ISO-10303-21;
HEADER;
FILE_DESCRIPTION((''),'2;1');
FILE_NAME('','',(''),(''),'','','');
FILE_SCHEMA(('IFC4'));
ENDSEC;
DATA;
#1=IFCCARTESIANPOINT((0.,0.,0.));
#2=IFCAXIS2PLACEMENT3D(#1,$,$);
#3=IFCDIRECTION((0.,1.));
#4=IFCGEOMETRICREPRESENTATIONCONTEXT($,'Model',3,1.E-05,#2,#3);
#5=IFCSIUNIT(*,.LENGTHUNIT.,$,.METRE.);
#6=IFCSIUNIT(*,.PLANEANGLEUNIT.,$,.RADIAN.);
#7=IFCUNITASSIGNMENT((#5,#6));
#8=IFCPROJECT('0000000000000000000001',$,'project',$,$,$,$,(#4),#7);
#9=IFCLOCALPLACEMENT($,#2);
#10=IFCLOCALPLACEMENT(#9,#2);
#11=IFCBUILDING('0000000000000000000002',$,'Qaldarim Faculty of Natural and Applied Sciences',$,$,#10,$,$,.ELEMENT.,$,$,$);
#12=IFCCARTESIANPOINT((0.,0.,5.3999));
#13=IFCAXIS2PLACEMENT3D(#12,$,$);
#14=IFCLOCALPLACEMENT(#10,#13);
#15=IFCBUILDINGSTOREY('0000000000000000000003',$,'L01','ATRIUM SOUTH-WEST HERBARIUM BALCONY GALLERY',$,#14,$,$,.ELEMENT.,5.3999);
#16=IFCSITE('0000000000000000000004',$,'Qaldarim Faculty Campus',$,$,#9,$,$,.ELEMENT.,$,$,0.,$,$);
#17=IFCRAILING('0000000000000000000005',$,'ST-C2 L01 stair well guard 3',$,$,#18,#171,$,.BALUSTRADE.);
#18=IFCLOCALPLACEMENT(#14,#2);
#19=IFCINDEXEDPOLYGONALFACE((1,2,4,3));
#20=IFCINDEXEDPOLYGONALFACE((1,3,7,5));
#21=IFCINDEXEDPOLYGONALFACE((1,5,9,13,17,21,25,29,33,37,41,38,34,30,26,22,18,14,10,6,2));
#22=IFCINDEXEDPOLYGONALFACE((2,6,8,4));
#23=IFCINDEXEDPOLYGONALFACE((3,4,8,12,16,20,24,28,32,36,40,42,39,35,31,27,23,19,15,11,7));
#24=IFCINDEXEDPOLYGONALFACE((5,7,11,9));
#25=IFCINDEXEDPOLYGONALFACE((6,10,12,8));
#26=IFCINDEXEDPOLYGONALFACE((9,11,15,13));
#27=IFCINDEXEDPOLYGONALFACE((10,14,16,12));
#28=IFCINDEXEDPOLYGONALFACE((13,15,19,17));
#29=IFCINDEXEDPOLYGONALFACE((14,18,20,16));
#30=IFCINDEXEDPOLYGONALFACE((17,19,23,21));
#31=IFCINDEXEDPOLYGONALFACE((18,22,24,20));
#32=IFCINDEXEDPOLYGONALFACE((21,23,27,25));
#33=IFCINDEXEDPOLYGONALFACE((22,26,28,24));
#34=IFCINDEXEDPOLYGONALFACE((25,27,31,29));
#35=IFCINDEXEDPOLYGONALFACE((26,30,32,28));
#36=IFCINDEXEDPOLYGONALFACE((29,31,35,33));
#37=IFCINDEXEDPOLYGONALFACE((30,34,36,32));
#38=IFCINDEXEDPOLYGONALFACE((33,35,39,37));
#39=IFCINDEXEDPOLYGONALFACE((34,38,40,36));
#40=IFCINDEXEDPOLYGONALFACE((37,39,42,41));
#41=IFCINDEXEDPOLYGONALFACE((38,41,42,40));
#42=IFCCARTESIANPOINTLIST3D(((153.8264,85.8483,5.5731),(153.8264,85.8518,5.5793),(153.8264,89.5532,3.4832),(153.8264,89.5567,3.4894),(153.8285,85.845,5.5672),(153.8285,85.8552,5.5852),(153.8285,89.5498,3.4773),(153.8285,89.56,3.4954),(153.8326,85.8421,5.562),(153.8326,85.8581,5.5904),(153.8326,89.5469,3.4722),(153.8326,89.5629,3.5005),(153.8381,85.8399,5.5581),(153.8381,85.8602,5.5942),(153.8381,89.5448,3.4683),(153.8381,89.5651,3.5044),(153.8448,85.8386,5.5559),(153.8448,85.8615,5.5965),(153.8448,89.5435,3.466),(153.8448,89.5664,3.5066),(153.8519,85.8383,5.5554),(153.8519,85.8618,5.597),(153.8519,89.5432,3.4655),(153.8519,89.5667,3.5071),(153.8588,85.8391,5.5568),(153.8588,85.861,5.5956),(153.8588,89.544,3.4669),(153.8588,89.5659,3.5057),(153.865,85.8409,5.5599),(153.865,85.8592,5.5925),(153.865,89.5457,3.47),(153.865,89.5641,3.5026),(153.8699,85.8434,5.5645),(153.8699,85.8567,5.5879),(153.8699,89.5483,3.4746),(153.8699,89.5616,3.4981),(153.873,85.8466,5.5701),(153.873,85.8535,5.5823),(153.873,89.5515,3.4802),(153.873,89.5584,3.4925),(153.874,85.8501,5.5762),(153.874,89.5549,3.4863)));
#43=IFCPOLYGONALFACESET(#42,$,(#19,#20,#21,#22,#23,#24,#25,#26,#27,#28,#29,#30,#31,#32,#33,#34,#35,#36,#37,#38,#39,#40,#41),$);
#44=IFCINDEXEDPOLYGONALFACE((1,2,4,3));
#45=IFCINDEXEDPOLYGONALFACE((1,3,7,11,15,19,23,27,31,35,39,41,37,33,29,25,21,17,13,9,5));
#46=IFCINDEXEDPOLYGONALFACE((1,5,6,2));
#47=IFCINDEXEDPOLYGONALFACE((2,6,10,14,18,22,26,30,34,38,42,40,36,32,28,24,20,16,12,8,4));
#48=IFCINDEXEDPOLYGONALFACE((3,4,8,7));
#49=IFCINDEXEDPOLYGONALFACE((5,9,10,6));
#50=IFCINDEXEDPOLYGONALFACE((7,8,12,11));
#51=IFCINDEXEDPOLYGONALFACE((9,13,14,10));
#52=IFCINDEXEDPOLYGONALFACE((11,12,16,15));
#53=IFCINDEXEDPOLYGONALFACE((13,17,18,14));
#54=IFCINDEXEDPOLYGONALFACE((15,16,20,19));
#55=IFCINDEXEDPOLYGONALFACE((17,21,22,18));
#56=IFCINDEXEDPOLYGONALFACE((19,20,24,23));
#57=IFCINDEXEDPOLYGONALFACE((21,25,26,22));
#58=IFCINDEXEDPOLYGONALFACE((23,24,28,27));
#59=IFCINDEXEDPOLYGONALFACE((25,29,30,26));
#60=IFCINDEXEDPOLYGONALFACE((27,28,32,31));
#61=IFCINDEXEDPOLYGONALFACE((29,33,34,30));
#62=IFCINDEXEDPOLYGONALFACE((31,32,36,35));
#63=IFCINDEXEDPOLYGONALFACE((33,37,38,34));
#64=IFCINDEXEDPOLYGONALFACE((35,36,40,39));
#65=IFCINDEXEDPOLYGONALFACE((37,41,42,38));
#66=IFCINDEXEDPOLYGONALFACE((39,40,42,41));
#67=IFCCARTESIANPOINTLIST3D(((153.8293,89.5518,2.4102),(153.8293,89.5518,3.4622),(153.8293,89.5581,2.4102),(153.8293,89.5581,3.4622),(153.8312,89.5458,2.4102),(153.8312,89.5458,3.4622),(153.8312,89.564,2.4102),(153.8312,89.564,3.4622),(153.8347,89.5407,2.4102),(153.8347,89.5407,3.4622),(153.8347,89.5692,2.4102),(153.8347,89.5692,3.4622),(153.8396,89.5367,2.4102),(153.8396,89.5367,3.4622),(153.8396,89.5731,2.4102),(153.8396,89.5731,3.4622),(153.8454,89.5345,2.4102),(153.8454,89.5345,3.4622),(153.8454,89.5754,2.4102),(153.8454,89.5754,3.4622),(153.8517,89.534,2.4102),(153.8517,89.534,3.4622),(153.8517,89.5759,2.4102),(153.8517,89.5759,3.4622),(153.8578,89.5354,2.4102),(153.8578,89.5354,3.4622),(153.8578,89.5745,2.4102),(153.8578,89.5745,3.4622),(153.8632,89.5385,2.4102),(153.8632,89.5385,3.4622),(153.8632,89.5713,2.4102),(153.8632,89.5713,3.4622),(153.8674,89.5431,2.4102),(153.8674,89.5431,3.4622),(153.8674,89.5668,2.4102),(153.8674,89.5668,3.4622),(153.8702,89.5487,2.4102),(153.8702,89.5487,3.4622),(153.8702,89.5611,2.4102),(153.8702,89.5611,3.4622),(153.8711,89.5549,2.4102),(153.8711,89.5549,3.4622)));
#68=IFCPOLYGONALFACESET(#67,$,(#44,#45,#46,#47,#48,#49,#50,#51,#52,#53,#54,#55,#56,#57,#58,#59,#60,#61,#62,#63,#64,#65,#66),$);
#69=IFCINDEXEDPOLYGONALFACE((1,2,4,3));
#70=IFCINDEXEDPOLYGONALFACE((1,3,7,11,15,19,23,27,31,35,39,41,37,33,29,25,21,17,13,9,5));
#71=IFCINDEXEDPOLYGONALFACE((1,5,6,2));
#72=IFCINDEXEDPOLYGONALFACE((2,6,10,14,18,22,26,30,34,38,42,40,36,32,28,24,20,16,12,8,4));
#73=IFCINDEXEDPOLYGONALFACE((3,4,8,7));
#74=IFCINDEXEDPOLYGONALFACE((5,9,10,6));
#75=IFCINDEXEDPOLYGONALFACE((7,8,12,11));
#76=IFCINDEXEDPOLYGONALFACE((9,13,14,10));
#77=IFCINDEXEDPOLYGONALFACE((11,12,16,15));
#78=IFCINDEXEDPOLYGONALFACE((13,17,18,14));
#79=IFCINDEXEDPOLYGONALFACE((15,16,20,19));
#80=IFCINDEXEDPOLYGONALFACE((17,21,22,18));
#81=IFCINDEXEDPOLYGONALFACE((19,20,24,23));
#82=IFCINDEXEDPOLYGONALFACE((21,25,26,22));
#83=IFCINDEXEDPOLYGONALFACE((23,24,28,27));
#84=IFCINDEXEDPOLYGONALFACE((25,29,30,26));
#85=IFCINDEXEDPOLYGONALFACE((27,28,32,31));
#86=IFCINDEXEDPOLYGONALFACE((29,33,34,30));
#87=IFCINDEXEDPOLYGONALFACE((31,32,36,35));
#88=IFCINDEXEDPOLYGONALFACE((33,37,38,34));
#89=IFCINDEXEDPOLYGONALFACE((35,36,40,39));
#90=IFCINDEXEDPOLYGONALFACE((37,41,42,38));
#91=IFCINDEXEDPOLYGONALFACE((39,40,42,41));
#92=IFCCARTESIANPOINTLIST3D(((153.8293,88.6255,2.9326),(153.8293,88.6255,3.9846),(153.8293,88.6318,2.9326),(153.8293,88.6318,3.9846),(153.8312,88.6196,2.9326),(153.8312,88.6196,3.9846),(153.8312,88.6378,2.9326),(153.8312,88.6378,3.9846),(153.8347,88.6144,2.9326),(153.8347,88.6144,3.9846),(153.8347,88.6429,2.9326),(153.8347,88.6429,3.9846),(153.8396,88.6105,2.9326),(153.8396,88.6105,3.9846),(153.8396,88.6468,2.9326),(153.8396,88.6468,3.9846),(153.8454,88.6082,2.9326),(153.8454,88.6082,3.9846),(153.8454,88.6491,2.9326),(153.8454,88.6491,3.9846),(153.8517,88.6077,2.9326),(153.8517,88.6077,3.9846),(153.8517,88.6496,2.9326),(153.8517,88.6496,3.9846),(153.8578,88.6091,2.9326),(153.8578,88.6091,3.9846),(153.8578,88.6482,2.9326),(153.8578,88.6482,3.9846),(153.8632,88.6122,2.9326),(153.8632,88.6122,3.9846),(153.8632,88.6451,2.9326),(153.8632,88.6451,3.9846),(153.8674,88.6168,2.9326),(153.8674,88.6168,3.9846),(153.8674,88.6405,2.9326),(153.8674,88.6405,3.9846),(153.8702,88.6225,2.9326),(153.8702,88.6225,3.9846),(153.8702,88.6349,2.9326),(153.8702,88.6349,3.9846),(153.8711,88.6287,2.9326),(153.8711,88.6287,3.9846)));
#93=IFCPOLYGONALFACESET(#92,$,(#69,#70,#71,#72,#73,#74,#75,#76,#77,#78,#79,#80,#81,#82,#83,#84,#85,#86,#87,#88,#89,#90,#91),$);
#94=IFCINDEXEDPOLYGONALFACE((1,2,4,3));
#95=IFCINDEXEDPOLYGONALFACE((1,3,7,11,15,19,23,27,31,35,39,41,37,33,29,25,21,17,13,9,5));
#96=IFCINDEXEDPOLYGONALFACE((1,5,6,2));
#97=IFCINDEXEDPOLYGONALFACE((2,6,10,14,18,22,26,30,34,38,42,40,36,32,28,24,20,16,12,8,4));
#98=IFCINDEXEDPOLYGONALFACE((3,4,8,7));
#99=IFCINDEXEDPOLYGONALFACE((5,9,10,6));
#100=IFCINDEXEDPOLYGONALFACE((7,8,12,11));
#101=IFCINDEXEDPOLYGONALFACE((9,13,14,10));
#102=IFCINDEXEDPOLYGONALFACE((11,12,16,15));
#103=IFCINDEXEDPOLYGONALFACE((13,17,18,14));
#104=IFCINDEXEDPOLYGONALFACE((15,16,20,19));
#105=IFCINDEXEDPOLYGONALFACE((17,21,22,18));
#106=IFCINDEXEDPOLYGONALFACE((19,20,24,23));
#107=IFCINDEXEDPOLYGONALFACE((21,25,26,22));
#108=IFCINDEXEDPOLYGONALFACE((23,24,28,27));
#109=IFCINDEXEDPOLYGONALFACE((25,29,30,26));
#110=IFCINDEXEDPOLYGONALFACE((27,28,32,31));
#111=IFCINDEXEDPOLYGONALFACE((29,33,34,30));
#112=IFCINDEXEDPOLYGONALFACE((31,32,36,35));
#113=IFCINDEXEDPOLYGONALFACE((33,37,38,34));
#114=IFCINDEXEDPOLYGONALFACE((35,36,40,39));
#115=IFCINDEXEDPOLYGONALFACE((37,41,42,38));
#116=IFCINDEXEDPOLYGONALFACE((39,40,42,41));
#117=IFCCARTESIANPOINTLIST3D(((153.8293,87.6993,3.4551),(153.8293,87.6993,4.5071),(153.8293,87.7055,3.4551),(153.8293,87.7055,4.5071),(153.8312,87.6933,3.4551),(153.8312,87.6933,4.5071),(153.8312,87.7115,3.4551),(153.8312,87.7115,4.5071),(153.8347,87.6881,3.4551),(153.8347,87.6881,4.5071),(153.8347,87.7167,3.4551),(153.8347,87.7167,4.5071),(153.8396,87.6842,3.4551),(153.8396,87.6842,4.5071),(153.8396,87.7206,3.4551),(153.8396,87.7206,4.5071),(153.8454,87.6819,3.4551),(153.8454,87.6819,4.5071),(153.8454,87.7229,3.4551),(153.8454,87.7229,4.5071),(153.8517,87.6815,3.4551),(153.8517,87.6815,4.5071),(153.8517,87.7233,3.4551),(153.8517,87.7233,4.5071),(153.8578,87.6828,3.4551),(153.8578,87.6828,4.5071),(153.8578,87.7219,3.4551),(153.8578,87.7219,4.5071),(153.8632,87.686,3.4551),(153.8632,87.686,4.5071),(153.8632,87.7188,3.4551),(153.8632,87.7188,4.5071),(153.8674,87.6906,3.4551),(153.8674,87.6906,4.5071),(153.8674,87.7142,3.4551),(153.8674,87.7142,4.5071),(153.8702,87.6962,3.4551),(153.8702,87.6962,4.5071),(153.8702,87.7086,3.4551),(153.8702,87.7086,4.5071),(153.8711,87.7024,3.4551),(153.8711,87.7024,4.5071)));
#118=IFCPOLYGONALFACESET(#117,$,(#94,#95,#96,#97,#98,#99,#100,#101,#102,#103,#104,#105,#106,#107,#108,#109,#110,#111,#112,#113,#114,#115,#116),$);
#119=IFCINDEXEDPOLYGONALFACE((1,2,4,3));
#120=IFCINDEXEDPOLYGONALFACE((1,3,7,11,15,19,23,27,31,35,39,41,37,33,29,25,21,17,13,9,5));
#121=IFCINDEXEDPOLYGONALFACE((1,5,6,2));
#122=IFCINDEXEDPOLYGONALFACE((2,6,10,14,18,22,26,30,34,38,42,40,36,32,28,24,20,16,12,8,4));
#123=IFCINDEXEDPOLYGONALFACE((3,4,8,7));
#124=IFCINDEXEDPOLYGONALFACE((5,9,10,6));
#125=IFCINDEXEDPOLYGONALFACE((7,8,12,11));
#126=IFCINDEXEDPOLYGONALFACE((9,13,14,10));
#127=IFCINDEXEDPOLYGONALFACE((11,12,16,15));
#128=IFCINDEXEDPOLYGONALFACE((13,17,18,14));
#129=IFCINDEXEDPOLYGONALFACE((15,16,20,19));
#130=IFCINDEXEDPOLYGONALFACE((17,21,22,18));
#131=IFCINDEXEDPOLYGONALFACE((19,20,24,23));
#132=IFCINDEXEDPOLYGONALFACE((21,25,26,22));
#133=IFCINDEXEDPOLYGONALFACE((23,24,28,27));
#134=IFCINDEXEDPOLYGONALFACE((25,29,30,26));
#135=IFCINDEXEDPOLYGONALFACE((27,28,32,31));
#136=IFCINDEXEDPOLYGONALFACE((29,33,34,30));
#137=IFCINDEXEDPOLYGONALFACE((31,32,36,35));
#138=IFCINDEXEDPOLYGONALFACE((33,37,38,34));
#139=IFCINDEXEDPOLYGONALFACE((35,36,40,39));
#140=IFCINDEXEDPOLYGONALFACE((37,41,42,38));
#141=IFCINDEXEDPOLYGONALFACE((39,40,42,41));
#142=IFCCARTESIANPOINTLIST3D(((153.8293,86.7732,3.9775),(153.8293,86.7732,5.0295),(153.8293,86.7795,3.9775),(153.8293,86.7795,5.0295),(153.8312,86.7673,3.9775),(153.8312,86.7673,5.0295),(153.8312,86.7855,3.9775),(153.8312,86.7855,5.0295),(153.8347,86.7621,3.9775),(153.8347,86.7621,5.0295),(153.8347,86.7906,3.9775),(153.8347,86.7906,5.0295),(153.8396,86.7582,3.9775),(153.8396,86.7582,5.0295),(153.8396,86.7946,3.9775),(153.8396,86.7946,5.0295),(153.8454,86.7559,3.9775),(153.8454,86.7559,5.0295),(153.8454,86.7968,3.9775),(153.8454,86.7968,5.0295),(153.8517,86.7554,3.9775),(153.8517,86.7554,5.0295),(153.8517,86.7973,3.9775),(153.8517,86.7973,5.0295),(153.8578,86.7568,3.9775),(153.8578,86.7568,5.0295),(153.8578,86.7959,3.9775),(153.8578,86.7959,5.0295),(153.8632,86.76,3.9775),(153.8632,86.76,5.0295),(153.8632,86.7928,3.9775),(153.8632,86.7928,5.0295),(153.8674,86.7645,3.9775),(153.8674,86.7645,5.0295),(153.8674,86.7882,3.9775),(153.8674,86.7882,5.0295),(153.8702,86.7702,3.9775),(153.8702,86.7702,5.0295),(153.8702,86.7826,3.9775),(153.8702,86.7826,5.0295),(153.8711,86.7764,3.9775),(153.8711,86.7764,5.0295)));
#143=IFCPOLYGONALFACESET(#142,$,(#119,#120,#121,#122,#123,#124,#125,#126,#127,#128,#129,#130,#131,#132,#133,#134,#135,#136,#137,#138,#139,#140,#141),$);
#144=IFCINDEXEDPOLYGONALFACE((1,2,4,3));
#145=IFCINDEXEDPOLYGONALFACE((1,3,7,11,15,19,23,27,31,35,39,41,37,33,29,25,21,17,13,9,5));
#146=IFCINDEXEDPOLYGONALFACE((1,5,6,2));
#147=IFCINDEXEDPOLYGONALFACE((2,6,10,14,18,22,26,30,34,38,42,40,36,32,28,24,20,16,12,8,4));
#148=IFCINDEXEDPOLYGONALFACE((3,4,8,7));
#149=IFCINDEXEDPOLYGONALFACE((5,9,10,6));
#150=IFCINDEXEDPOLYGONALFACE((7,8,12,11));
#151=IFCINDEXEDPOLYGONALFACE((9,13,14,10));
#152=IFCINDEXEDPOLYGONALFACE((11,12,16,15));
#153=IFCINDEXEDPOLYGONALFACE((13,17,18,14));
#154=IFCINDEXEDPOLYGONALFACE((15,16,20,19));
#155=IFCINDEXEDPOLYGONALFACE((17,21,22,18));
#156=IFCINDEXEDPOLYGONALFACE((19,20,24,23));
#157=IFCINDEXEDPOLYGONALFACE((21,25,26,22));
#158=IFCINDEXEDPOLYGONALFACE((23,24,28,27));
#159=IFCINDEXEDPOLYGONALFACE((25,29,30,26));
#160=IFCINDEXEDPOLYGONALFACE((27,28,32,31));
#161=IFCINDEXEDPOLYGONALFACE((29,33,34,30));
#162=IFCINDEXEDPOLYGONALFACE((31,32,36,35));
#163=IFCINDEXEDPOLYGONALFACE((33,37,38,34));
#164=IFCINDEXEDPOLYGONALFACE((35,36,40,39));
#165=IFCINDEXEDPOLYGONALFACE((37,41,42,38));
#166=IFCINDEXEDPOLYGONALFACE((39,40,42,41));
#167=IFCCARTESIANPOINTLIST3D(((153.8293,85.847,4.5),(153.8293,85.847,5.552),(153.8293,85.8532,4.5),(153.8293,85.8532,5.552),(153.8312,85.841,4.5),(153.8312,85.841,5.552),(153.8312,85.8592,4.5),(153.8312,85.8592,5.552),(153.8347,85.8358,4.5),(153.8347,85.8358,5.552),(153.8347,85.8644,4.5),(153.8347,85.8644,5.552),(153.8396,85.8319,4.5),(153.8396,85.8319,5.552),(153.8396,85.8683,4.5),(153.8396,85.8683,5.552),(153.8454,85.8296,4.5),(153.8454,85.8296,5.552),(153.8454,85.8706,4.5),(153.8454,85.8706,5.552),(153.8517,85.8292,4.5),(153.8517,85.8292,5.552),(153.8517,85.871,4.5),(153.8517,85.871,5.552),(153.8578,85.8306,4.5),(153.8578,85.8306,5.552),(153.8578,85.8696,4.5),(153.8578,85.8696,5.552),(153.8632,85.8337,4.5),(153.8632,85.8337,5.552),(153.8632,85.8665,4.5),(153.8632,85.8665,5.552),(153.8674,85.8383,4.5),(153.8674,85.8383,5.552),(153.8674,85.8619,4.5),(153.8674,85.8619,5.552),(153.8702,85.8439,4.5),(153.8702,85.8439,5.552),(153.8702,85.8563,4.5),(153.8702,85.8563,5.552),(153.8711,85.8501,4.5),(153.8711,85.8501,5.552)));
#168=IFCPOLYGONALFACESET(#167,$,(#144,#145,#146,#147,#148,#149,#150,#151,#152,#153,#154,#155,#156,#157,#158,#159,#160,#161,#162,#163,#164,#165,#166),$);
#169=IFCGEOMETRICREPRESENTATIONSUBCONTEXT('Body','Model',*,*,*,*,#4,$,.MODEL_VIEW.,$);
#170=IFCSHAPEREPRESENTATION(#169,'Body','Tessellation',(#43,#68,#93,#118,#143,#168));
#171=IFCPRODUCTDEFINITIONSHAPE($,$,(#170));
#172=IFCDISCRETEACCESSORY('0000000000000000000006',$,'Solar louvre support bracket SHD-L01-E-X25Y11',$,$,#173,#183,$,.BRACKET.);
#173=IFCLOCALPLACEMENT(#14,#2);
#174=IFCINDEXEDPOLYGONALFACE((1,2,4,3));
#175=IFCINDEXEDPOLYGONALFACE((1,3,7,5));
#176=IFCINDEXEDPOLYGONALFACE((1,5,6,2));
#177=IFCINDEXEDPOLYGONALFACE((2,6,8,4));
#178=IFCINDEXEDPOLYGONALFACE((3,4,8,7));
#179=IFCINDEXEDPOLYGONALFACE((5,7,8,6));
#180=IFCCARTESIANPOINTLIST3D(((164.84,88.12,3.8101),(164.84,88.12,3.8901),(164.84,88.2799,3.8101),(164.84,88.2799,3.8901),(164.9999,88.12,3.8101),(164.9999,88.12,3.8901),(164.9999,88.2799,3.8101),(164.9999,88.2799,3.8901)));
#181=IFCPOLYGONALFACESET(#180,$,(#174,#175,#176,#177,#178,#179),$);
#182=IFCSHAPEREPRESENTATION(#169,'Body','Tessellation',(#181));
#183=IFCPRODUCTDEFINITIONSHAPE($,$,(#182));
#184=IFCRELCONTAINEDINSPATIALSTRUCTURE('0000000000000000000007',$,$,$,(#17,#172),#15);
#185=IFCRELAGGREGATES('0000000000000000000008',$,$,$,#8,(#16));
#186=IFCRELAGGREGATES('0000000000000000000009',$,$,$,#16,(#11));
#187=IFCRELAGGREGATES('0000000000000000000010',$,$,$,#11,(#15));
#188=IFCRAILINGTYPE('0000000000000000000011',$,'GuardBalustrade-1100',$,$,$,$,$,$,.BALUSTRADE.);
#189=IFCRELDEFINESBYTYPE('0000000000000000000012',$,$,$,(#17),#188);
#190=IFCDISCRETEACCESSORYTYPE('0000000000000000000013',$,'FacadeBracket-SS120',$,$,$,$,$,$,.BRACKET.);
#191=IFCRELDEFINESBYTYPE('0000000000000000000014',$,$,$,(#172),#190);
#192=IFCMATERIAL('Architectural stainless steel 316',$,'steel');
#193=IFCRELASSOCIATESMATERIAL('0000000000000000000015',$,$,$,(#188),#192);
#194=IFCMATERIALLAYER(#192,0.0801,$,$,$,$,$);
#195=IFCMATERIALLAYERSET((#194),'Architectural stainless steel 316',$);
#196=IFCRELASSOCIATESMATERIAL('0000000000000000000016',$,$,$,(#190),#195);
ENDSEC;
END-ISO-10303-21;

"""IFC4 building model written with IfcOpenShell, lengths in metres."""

from ifc_helpers import new_model, si_unit, direction, frame, origin, origin_2d, place, context, subcontext, project, spatial, rectangle, circle, extrude, material, layer, layer_set, type_object, element, save


model = new_model("IFC4")

# Units and contexts
model_context = context("Model", 3, precision=1e-05, world=origin(), true_north=direction((0.0, 1.0)))
body_context = subcontext(model_context, "Body", "Model", "MODEL_VIEW")
ifc_project = project(units=[si_unit("LENGTHUNIT", "METRE"), si_unit("PLANEANGLEUNIT", "RADIAN")], contexts=[model_context])

# Site, building, storey
site_placement = place(None, origin())
site = spatial("IfcSite", under=ifc_project, at=site_placement, Name="Qaldarim Faculty Campus", CompositionType="ELEMENT", RefElevation=0.0)
building_placement = place(site_placement, origin())
building = spatial("IfcBuilding", under=site, at=building_placement, Name="Qaldarim Faculty of Natural and Applied Sciences", CompositionType="ELEMENT")
storey_placement = place(building_placement, frame((0.0, 0.0, 5.3999)))
storey = spatial("IfcBuildingStorey", under=building, at=storey_placement, Name="L01", Description="ATRIUM SOUTH-WEST HERBARIUM BALCONY GALLERY", CompositionType="ELEMENT", Elevation=5.3999)

# Railing
ifc_material_1 = material(Name="Architectural stainless steel 316", Category="steel")
railing_type = type_object("IfcRailingType", Name="GuardBalustrade-1100", PredefinedType="BALUSTRADE", material=ifc_material_1)
railing_1_placement = place(storey_placement, frame((153.8501, 89.5549, 2.4102)))
element("IfcRailing", 1, at=railing_1_placement, inside=storey, type_object=railing_type, Name="ST-C2 L01 stair well guard 3", PredefinedType="BALUSTRADE", context=body_context, shape_type="SweptSolid", body=[
    extrude(circle(Radius=0.0239, at=origin_2d()), frame((0.0, 0.0, 1.0762), z_axis=(0.0, -0.870985, 0.49131), x_axis=(1.0, 0.0, 0.0)), (0.0, 0.0, 1.0), 4.2537),
    extrude(circle(Radius=0.021, at=origin_2d()), origin(), (0.0, 0.0, 1.0), 1.052),
    extrude(circle(Radius=0.021, at=origin_2d()), frame((0.0, -0.9263, 0.5225)), (0.0, 0.0, 1.0), 1.052),
    extrude(circle(Radius=0.021, at=origin_2d()), frame((0.0, -1.8525, 1.0449)), (0.0, 0.0, 1.0), 1.052),
    extrude(circle(Radius=0.021, at=origin_2d()), frame((0.0, -2.7786, 1.5674)), (0.0, 0.0, 1.0), 1.052),
    extrude(circle(Radius=0.021, at=origin_2d()), frame((0.0, -3.7048, 2.0898)), (0.0, 0.0, 1.0), 1.052),
])

# Discrete accessory
ifc_layer_1 = layer(ifc_material_1, 0.0801)
ifc_layer_set_1 = layer_set([ifc_layer_1], Name="Architectural stainless steel 316")
discrete_accessory_type = type_object("IfcDiscreteAccessoryType", Name="FacadeBracket-SS120", PredefinedType="BRACKET", material=ifc_layer_set_1)
discrete_accessory_placement = place(storey_placement, frame((164.9199, 88.2, 3.8101), z_axis=(0.0, 0.0, 1.0), x_axis=(0.0, 1.0, 0.0)))
element("IfcDiscreteAccessory", 2, at=discrete_accessory_placement, inside=storey, type_object=discrete_accessory_type, Name="Solar louvre support bracket SHD-L01-E-X25Y11", PredefinedType="BRACKET", context=body_context, shape_type="SweptSolid", body=[
    extrude(rectangle(XDim=0.1599, YDim=0.1599, at=origin_2d()), origin(), (0.0, 0.0, 1.0), 0.0801),
])

save(model, "model.ifc")
